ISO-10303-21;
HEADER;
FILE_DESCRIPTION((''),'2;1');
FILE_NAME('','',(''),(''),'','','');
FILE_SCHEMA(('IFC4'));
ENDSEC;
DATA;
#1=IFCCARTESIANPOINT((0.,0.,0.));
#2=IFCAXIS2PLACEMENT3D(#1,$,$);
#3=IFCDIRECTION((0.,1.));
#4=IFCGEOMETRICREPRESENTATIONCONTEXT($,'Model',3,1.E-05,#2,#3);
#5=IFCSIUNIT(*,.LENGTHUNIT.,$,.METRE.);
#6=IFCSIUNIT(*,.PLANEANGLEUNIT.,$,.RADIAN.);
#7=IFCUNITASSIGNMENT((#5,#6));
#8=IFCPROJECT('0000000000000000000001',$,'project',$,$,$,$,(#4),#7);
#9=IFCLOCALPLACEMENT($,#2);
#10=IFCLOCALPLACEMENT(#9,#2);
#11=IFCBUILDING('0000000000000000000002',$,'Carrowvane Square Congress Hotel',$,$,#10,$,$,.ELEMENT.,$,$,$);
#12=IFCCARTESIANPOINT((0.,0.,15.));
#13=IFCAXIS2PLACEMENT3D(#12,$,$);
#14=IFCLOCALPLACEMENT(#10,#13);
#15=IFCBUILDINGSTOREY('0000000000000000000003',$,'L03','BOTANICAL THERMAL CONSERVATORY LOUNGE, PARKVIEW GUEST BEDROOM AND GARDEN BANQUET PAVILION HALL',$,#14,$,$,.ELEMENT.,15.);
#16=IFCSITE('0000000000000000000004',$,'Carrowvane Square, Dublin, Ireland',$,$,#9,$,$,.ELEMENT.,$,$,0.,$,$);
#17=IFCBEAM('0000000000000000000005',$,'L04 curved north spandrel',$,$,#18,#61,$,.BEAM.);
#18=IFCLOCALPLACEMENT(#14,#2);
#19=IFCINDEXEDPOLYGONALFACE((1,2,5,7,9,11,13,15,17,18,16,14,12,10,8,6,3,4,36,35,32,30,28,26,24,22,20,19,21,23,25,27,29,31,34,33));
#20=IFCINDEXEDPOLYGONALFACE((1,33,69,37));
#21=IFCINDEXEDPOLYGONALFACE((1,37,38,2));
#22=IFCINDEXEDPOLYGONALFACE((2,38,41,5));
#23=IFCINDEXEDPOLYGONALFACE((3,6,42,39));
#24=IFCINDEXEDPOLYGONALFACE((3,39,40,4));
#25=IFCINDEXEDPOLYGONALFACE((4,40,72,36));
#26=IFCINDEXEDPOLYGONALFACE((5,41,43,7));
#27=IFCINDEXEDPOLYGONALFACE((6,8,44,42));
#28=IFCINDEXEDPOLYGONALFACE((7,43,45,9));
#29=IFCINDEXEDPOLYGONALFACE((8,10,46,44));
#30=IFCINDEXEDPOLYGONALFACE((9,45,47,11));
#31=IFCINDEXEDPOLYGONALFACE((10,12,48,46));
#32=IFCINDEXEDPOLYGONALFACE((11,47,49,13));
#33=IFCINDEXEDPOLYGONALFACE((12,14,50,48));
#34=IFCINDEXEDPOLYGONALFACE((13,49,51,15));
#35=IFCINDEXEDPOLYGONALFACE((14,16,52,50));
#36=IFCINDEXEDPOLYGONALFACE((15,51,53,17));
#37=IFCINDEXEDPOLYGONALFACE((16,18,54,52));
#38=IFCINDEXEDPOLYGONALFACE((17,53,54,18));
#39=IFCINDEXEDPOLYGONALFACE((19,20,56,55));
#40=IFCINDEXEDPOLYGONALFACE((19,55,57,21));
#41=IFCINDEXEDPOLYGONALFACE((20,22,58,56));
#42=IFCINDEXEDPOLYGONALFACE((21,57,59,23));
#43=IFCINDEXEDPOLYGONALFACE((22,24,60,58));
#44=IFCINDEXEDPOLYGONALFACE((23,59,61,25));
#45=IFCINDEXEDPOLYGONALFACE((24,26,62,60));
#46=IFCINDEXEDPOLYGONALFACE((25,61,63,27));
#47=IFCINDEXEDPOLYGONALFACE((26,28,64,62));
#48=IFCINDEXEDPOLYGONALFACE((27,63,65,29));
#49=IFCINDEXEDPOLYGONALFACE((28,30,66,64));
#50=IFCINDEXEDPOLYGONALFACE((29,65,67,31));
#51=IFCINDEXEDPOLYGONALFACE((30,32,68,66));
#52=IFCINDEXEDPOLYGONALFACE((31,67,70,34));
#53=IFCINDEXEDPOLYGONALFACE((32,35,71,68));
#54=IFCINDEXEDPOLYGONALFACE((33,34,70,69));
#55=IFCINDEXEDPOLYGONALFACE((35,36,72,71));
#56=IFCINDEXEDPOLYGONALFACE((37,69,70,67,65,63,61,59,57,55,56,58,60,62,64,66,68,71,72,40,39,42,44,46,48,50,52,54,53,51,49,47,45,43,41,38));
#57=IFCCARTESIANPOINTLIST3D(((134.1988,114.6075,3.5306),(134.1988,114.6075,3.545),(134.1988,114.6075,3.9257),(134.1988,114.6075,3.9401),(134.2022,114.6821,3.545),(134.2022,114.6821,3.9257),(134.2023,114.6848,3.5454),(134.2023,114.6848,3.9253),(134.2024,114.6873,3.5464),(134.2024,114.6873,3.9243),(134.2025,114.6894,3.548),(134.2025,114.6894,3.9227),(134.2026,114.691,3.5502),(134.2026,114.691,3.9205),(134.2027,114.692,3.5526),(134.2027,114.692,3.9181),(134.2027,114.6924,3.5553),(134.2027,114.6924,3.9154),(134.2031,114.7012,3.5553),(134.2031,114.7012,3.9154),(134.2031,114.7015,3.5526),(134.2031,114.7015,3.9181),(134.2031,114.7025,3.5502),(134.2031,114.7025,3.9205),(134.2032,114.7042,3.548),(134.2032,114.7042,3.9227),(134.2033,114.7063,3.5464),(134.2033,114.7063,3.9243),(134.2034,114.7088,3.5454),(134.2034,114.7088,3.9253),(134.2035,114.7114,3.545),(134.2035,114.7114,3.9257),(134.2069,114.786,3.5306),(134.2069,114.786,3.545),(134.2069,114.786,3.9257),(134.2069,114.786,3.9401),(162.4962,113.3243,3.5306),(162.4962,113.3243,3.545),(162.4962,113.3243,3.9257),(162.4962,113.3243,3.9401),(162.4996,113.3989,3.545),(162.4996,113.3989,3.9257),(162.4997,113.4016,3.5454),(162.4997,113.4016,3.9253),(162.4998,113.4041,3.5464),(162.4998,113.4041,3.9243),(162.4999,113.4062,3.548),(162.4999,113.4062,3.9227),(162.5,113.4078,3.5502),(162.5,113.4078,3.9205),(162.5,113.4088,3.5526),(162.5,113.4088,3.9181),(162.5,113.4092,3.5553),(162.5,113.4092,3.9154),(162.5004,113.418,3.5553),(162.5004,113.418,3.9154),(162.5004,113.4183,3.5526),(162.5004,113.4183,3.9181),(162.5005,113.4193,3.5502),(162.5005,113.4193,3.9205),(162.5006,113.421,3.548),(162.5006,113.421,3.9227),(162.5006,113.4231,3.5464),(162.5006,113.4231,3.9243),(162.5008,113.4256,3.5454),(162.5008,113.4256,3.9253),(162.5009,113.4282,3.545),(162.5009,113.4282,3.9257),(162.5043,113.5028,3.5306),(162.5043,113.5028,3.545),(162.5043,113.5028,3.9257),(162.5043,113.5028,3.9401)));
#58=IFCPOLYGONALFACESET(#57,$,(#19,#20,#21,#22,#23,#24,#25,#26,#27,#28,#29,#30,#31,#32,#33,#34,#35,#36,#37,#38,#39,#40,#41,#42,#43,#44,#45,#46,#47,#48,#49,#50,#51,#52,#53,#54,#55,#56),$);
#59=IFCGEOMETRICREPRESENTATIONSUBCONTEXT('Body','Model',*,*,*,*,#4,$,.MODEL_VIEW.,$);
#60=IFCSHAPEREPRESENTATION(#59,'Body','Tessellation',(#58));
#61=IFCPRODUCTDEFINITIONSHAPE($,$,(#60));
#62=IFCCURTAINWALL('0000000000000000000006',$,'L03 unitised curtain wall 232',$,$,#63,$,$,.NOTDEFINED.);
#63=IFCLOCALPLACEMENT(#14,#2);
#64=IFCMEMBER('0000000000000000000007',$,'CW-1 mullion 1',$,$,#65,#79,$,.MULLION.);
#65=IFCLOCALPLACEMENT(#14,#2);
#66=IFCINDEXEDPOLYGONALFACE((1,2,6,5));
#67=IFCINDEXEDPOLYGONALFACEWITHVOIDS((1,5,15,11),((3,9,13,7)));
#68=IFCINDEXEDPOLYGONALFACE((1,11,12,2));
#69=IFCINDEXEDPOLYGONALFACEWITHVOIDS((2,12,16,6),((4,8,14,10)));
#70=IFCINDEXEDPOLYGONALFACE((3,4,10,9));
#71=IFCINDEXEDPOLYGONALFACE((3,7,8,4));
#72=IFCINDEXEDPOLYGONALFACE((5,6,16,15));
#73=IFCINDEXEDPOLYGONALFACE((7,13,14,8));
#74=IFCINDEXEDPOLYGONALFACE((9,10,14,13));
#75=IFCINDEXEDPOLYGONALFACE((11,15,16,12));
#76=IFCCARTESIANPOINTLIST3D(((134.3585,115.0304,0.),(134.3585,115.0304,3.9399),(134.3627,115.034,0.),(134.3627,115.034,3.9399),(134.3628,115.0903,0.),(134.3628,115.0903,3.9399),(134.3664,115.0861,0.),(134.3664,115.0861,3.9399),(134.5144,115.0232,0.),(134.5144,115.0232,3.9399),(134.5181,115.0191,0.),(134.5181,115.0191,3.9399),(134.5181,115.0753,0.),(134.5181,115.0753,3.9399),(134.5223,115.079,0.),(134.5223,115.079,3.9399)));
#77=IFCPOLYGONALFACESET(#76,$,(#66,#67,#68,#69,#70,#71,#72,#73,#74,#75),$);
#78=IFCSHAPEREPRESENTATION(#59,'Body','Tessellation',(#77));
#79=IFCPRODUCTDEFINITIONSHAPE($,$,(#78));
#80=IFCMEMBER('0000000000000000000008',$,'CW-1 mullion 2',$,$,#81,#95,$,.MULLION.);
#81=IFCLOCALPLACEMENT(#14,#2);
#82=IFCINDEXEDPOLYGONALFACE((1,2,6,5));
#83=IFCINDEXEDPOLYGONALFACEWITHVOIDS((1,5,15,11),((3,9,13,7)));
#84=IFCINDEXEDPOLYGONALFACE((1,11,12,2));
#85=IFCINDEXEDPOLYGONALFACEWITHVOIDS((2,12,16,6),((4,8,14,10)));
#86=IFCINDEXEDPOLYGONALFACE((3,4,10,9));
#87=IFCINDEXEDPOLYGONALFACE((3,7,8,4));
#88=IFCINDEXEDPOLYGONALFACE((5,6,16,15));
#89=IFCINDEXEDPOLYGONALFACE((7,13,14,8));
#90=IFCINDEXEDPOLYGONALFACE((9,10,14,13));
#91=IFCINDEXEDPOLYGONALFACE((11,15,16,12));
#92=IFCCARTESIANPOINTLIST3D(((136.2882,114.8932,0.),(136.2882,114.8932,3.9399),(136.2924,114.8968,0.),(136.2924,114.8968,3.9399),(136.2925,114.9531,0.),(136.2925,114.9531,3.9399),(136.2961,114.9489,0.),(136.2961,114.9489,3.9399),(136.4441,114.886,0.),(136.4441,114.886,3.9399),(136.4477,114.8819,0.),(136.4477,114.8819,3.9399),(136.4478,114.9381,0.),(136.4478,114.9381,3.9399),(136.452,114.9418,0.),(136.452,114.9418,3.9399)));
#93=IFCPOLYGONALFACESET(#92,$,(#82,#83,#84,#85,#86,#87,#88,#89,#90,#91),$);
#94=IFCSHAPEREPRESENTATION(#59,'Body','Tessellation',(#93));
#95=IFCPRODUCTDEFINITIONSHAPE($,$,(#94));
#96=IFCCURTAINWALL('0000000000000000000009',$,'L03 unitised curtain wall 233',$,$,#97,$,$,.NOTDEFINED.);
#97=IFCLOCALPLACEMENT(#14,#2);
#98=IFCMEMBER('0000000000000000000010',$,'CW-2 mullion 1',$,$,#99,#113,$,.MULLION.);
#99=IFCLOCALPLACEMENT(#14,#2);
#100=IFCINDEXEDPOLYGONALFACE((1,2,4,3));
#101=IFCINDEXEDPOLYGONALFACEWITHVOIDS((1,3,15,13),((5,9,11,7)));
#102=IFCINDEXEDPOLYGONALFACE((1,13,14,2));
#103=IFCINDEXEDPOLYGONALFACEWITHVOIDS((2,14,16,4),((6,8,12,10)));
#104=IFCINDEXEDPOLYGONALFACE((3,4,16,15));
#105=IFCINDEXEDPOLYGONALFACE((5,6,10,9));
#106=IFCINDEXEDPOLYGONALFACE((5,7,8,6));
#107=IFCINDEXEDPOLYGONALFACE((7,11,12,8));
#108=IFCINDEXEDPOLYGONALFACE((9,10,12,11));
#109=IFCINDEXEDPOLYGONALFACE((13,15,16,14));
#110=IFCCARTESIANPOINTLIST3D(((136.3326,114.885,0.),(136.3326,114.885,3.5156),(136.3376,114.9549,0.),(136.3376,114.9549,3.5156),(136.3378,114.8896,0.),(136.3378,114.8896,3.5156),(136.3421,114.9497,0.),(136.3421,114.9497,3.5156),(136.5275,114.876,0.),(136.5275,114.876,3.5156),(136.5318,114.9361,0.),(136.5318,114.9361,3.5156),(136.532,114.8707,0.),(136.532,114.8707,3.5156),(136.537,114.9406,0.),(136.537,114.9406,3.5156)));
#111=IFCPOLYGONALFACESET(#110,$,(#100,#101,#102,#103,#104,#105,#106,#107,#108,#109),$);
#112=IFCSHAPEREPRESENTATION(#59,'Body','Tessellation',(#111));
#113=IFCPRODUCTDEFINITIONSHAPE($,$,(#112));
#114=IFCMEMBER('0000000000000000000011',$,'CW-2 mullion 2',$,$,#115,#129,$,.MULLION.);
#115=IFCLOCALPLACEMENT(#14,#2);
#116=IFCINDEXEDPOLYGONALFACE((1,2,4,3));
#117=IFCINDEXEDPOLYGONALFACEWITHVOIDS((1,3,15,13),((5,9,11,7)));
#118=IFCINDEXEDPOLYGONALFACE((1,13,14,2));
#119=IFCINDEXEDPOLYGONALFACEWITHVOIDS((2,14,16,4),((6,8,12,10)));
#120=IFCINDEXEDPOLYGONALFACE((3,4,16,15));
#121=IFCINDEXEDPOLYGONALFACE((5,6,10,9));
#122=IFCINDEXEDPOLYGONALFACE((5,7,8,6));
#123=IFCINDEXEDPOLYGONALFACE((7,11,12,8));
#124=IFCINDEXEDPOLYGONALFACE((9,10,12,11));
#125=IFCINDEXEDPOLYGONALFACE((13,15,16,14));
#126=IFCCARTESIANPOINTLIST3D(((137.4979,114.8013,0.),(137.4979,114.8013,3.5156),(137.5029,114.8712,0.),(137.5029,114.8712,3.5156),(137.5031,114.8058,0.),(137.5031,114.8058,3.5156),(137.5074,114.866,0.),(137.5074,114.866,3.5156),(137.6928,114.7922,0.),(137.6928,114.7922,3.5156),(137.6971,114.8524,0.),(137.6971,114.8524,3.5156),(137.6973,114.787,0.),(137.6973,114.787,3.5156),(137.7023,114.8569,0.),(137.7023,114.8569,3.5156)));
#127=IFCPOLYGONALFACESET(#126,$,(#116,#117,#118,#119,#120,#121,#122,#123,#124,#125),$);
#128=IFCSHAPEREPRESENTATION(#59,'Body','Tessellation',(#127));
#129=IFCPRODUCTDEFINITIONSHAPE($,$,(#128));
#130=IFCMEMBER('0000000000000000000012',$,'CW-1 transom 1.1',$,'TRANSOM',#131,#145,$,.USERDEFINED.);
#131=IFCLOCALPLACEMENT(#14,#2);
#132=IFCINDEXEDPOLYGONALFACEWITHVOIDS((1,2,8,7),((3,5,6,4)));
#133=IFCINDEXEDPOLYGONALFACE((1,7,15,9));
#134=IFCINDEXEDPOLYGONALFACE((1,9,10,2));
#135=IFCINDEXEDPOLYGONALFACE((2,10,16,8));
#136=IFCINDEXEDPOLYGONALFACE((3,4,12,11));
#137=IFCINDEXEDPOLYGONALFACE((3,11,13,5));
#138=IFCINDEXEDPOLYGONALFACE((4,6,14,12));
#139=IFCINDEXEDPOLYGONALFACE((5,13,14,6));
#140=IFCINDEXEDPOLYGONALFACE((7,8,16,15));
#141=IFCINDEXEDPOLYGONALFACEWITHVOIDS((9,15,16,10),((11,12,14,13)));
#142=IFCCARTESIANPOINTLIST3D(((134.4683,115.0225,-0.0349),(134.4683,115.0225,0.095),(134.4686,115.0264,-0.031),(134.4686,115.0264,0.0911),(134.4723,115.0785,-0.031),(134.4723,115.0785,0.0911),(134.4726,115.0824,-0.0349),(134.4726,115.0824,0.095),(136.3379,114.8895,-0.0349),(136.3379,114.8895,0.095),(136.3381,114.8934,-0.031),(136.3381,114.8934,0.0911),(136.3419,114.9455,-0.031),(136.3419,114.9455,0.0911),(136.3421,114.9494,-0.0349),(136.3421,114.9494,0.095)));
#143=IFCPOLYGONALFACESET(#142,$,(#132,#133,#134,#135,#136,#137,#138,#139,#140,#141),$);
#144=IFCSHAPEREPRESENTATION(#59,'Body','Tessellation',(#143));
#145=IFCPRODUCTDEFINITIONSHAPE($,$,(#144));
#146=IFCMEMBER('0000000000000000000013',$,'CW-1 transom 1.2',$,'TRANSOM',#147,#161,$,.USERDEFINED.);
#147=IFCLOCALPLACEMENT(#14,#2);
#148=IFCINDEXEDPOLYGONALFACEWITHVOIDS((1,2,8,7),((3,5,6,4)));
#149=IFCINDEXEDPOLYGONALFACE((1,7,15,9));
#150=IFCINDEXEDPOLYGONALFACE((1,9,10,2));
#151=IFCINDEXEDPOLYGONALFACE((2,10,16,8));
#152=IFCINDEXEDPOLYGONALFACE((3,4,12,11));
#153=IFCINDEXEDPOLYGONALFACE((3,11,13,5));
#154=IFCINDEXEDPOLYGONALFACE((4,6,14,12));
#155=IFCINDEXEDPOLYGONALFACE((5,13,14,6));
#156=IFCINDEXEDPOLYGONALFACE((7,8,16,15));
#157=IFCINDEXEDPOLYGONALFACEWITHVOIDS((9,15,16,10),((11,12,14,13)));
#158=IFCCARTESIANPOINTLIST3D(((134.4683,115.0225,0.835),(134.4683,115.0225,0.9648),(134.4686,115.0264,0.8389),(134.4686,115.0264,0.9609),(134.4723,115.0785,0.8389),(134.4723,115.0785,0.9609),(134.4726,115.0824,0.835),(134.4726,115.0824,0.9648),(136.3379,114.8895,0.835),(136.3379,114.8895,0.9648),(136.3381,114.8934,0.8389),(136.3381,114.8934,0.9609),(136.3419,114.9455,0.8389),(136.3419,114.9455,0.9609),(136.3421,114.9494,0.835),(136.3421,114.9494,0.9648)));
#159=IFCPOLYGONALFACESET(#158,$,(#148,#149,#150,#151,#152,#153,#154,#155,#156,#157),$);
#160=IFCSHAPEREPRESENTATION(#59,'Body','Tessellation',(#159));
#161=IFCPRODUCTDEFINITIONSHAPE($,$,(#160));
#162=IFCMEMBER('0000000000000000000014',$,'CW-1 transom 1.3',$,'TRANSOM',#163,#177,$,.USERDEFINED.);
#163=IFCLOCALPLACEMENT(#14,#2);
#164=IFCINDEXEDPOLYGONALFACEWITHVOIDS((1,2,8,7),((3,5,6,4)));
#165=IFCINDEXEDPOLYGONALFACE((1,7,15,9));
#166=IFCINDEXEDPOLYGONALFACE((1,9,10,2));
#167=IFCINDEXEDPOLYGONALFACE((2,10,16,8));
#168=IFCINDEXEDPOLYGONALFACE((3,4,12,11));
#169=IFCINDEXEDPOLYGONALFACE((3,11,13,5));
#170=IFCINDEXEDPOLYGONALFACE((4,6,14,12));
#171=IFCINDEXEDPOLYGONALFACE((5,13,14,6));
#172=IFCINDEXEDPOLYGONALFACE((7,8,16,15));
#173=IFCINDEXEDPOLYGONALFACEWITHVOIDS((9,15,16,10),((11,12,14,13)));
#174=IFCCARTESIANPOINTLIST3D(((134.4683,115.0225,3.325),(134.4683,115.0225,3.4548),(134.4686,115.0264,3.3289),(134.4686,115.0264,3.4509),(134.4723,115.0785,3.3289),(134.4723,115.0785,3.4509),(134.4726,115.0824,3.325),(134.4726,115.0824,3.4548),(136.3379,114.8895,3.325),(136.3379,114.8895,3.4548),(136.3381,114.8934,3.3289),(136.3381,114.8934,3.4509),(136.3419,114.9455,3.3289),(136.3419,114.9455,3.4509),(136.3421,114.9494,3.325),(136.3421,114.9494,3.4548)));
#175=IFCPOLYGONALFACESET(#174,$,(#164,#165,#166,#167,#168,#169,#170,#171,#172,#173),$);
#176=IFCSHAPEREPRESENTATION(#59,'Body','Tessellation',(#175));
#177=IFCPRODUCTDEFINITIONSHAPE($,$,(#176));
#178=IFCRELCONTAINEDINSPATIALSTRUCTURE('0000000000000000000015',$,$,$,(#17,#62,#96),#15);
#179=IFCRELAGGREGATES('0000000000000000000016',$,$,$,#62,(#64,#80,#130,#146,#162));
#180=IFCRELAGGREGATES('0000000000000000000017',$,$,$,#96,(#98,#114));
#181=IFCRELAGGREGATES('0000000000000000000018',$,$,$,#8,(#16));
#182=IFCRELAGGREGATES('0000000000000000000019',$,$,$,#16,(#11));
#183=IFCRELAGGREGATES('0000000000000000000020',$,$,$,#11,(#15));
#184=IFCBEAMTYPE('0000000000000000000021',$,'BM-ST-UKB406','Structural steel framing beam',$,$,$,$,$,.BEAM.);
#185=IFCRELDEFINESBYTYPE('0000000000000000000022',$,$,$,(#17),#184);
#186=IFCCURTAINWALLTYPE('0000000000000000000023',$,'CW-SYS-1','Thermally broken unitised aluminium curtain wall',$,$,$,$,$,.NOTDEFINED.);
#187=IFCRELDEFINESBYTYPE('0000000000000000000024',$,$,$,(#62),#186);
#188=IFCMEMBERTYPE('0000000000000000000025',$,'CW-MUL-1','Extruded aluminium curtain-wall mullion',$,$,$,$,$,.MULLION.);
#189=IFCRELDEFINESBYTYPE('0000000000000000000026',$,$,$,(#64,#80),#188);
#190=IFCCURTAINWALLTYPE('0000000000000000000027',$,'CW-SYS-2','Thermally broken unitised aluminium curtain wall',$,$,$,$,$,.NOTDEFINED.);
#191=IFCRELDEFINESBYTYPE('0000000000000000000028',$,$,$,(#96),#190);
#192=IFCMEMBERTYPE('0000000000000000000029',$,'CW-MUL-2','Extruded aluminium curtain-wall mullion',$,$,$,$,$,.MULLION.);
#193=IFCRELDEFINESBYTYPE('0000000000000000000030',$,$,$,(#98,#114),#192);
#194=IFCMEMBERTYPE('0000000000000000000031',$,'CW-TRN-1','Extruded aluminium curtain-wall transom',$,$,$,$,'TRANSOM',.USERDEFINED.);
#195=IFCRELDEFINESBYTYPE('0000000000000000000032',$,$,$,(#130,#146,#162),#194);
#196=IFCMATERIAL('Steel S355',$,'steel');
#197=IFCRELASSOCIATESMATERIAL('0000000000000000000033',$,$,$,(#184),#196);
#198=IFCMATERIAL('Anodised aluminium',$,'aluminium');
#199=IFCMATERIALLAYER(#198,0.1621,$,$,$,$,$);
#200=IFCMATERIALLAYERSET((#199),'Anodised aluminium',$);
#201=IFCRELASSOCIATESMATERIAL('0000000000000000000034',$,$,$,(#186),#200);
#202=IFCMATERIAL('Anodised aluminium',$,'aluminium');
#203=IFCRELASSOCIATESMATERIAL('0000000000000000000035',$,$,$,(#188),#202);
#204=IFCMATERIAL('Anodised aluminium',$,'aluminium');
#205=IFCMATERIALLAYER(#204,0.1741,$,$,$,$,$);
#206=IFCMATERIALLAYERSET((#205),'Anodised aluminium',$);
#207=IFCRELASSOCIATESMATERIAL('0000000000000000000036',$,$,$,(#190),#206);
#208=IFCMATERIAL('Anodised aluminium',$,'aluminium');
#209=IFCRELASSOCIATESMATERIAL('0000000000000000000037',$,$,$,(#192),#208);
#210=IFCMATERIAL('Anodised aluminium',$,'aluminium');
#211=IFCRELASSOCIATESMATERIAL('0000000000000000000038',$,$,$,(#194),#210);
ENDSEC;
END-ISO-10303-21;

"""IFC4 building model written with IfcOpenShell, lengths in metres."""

from ifc_helpers import new_model, si_unit, direction, frame, origin, origin_2d, place, context, subcontext, project, spatial, hollow_rectangle, i_section, extrude, material, layer, layer_set, material_profile, profile_set, type_object, element, aggregate, save


model = new_model("IFC4")

# Units and contexts
model_context = context("Model", 3, precision=1e-05, world=origin(), true_north=direction((0.0, 1.0)))
body_context = subcontext(model_context, "Body", "Model", "MODEL_VIEW")
ifc_project = project(units=[si_unit("LENGTHUNIT", "METRE"), si_unit("PLANEANGLEUNIT", "RADIAN")], contexts=[model_context])

# Site, building, storey
site_placement = place(None, origin())
site = spatial("IfcSite", under=ifc_project, at=site_placement, Name="Carrowvane Square, Dublin, Ireland", CompositionType="ELEMENT", RefElevation=0.0)
building_placement = place(site_placement, origin())
building = spatial("IfcBuilding", under=site, at=building_placement, Name="Carrowvane Square Congress Hotel", CompositionType="ELEMENT")
storey_placement = place(building_placement, frame((0.0, 0.0, 15.0)))
storey = spatial("IfcBuildingStorey", under=building, at=storey_placement, Name="L03", Description="BOTANICAL THERMAL CONSERVATORY LOUNGE, PARKVIEW GUEST BEDROOM AND GARDEN BANQUET PAVILION HALL", CompositionType="ELEMENT", Elevation=15.0)

# Beam
ifc_material_1 = material(Name="Steel S355", Category="steel")
ifc_material_profile_1 = material_profile(ifc_material_1, i_section(OverallWidth=0.1787, OverallDepth=0.4094, WebThickness=0.0088, FlangeThickness=0.0144, FilletRadius=0.0103, at=origin_2d()), Name="UKB 406x178x67")
ifc_profile_set_1 = profile_set([ifc_material_profile_1], Name="Steel S355")
beam_type = type_object("IfcBeamType", Name="BM-ST-UKB406", Description="Structural steel framing beam", PredefinedType="BEAM", material=ifc_profile_set_1)
beam_placement = place(storey_placement, frame((134.2029, 114.6968, 3.7354), z_axis=(0.998973, -0.045301, 0.0), x_axis=(0.045301, 0.998973, 0.0)))
element("IfcBeam", 1, at=beam_placement, inside=storey, type_object=beam_type, Name="L04 curved north spandrel", PredefinedType="BEAM", context=body_context, shape_type="SweptSolid", body=[
    extrude(i_section(OverallWidth=0.1787, OverallDepth=0.4094, WebThickness=0.0088, FlangeThickness=0.0144, FilletRadius=0.0103, at=origin_2d()), origin(), (0.0, 0.0, 1.0), 28.3264),
])

# Curtain walls, members
ifc_material_2 = material(Name="Anodised aluminium", Category="aluminium")
ifc_layer_1 = layer(ifc_material_2, 0.1621)
ifc_layer_set_1 = layer_set([ifc_layer_1], Name="Anodised aluminium")
curtain_wall_type_1 = type_object("IfcCurtainWallType", Name="CW-SYS-1", Description="Thermally broken unitised aluminium curtain wall", PredefinedType="NOTDEFINED", material=ifc_layer_set_1)
curtain_wall_1_placement = place(storey_placement, origin())
curtain_wall_1 = element("IfcCurtainWall", 2, at=curtain_wall_1_placement, inside=storey, type_object=curtain_wall_type_1, Name="L03 unitised curtain wall 232", PredefinedType="NOTDEFINED")
ifc_material_3 = material(Name="Anodised aluminium", Category="aluminium")
ifc_material_profile_2 = material_profile(ifc_material_3, hollow_rectangle(XDim=0.0601, YDim=0.1599, WallThickness=0.0039, at=origin_2d()), Name="CW-ML 60x160x4")
ifc_profile_set_2 = profile_set([ifc_material_profile_2], Name="Anodised aluminium")
member_type_1 = type_object("IfcMemberType", Name="CW-MUL-1", Description="Extruded aluminium curtain-wall mullion", PredefinedType="MULLION", material=ifc_profile_set_2)
member_1_placement = place(storey_placement, frame((134.4404, 115.0547, 0.0), z_axis=(0.0, 0.0, 1.0), x_axis=(0.07096, 0.997479, 0.0)))
member_1 = element("IfcMember", 3, at=member_1_placement, type_object=member_type_1, Name="CW-1 mullion 1", PredefinedType="MULLION", context=body_context, shape_type="SweptSolid", body=[
    extrude(hollow_rectangle(XDim=0.0601, YDim=0.1599, WallThickness=0.0039, at=origin_2d()), origin(), (0.0, 0.0, 1.0), 3.9399),
])
member_2_placement = place(storey_placement, frame((136.3701, 114.9175, 0.0), z_axis=(0.0, 0.0, 1.0), x_axis=(0.07096, 0.997479, 0.0)))
member_2 = element("IfcMember", 4, at=member_2_placement, type_object=member_type_1, Name="CW-1 mullion 2", PredefinedType="MULLION", context=body_context, shape_type="SweptSolid", body=[
    extrude(hollow_rectangle(XDim=0.0601, YDim=0.1599, WallThickness=0.0039, at=origin_2d()), origin(), (0.0, 0.0, 1.0), 3.9399),
])
ifc_material_4 = material(Name="Anodised aluminium", Category="aluminium")
ifc_layer_2 = layer(ifc_material_4, 0.1741)
ifc_layer_set_2 = layer_set([ifc_layer_2], Name="Anodised aluminium")
curtain_wall_type_2 = type_object("IfcCurtainWallType", Name="CW-SYS-2", Description="Thermally broken unitised aluminium curtain wall", PredefinedType="NOTDEFINED", material=ifc_layer_set_2)
curtain_wall_2_placement = place(storey_placement, origin())
curtain_wall_2 = element("IfcCurtainWall", 5, at=curtain_wall_2_placement, inside=storey, type_object=curtain_wall_type_2, Name="L03 unitised curtain wall 233", PredefinedType="NOTDEFINED")
ifc_material_5 = material(Name="Anodised aluminium", Category="aluminium")
ifc_material_profile_3 = material_profile(ifc_material_5, hollow_rectangle(XDim=0.0701, YDim=0.2, WallThickness=0.0049, at=origin_2d()), Name="CW-ML 70x200x5")
ifc_profile_set_3 = profile_set([ifc_material_profile_3], Name="Anodised aluminium")
member_type_2 = type_object("IfcMemberType", Name="CW-MUL-2", Description="Extruded aluminium curtain-wall mullion", PredefinedType="MULLION", material=ifc_profile_set_3)
member_3_placement = place(storey_placement, frame((136.4348, 114.9128, 0.0), z_axis=(0.0, 0.0, 1.0), x_axis=(0.071532, 0.997438, 0.0)))
member_3 = element("IfcMember", 6, at=member_3_placement, type_object=member_type_2, Name="CW-2 mullion 1", PredefinedType="MULLION", context=body_context, shape_type="SweptSolid", body=[
    extrude(hollow_rectangle(XDim=0.0701, YDim=0.2, WallThickness=0.0049, at=origin_2d()), origin(), (0.0, 0.0, 1.0), 3.5156),
])
member_4_placement = place(storey_placement, frame((137.6001, 114.8291, 0.0), z_axis=(0.0, 0.0, 1.0), x_axis=(0.071532, 0.997438, 0.0)))
member_4 = element("IfcMember", 7, at=member_4_placement, type_object=member_type_2, Name="CW-2 mullion 2", PredefinedType="MULLION", context=body_context, shape_type="SweptSolid", body=[
    extrude(hollow_rectangle(XDim=0.0701, YDim=0.2, WallThickness=0.0049, at=origin_2d()), origin(), (0.0, 0.0, 1.0), 3.5156),
])

# Members
ifc_material_6 = material(Name="Anodised aluminium", Category="aluminium")
ifc_material_profile_4 = material_profile(ifc_material_6, hollow_rectangle(XDim=0.0601, YDim=0.1299, WallThickness=0.0039, at=origin_2d()), Name="CW-TR 60x130x4")
ifc_profile_set_4 = profile_set([ifc_material_profile_4], Name="Anodised aluminium")
member_type_3 = type_object("IfcMemberType", Name="CW-TRN-1", Description="Extruded aluminium curtain-wall transom", ElementType="TRANSOM", PredefinedType="USERDEFINED", material=ifc_profile_set_4)
member_5_placement = place(storey_placement, frame((134.4705, 115.0525, 0.03), z_axis=(0.997477, -0.070988, 0.0), x_axis=(0.070988, 0.997477, 0.0)))
member_5 = element("IfcMember", 8, at=member_5_placement, type_object=member_type_3, Name="CW-1 transom 1.1", ObjectType="TRANSOM", PredefinedType="USERDEFINED", context=body_context, shape_type="SweptSolid", body=[
    extrude(hollow_rectangle(XDim=0.0601, YDim=0.1299, WallThickness=0.0039, at=origin_2d()), origin(), (0.0, 0.0, 1.0), 1.8743),
])
member_6_placement = place(storey_placement, frame((134.4705, 115.0525, 0.8999), z_axis=(0.997477, -0.070988, 0.0), x_axis=(0.070988, 0.997477, 0.0)))
member_6 = element("IfcMember", 9, at=member_6_placement, type_object=member_type_3, Name="CW-1 transom 1.2", ObjectType="TRANSOM", PredefinedType="USERDEFINED", context=body_context, shape_type="SweptSolid", body=[
    extrude(hollow_rectangle(XDim=0.0601, YDim=0.1299, WallThickness=0.0039, at=origin_2d()), origin(), (0.0, 0.0, 1.0), 1.8743),
])
member_7_placement = place(storey_placement, frame((134.4705, 115.0525, 3.3899), z_axis=(0.997477, -0.070988, 0.0), x_axis=(0.070988, 0.997477, 0.0)))
member_7 = element("IfcMember", 10, at=member_7_placement, type_object=member_type_3, Name="CW-1 transom 1.3", ObjectType="TRANSOM", PredefinedType="USERDEFINED", context=body_context, shape_type="SweptSolid", body=[
    extrude(hollow_rectangle(XDim=0.0601, YDim=0.1299, WallThickness=0.0039, at=origin_2d()), origin(), (0.0, 0.0, 1.0), 1.8743),
])

aggregate(curtain_wall_1, [member_1, member_2, member_5, member_6, member_7])
aggregate(curtain_wall_2, [member_3, member_4])

save(model, "model.ifc")
